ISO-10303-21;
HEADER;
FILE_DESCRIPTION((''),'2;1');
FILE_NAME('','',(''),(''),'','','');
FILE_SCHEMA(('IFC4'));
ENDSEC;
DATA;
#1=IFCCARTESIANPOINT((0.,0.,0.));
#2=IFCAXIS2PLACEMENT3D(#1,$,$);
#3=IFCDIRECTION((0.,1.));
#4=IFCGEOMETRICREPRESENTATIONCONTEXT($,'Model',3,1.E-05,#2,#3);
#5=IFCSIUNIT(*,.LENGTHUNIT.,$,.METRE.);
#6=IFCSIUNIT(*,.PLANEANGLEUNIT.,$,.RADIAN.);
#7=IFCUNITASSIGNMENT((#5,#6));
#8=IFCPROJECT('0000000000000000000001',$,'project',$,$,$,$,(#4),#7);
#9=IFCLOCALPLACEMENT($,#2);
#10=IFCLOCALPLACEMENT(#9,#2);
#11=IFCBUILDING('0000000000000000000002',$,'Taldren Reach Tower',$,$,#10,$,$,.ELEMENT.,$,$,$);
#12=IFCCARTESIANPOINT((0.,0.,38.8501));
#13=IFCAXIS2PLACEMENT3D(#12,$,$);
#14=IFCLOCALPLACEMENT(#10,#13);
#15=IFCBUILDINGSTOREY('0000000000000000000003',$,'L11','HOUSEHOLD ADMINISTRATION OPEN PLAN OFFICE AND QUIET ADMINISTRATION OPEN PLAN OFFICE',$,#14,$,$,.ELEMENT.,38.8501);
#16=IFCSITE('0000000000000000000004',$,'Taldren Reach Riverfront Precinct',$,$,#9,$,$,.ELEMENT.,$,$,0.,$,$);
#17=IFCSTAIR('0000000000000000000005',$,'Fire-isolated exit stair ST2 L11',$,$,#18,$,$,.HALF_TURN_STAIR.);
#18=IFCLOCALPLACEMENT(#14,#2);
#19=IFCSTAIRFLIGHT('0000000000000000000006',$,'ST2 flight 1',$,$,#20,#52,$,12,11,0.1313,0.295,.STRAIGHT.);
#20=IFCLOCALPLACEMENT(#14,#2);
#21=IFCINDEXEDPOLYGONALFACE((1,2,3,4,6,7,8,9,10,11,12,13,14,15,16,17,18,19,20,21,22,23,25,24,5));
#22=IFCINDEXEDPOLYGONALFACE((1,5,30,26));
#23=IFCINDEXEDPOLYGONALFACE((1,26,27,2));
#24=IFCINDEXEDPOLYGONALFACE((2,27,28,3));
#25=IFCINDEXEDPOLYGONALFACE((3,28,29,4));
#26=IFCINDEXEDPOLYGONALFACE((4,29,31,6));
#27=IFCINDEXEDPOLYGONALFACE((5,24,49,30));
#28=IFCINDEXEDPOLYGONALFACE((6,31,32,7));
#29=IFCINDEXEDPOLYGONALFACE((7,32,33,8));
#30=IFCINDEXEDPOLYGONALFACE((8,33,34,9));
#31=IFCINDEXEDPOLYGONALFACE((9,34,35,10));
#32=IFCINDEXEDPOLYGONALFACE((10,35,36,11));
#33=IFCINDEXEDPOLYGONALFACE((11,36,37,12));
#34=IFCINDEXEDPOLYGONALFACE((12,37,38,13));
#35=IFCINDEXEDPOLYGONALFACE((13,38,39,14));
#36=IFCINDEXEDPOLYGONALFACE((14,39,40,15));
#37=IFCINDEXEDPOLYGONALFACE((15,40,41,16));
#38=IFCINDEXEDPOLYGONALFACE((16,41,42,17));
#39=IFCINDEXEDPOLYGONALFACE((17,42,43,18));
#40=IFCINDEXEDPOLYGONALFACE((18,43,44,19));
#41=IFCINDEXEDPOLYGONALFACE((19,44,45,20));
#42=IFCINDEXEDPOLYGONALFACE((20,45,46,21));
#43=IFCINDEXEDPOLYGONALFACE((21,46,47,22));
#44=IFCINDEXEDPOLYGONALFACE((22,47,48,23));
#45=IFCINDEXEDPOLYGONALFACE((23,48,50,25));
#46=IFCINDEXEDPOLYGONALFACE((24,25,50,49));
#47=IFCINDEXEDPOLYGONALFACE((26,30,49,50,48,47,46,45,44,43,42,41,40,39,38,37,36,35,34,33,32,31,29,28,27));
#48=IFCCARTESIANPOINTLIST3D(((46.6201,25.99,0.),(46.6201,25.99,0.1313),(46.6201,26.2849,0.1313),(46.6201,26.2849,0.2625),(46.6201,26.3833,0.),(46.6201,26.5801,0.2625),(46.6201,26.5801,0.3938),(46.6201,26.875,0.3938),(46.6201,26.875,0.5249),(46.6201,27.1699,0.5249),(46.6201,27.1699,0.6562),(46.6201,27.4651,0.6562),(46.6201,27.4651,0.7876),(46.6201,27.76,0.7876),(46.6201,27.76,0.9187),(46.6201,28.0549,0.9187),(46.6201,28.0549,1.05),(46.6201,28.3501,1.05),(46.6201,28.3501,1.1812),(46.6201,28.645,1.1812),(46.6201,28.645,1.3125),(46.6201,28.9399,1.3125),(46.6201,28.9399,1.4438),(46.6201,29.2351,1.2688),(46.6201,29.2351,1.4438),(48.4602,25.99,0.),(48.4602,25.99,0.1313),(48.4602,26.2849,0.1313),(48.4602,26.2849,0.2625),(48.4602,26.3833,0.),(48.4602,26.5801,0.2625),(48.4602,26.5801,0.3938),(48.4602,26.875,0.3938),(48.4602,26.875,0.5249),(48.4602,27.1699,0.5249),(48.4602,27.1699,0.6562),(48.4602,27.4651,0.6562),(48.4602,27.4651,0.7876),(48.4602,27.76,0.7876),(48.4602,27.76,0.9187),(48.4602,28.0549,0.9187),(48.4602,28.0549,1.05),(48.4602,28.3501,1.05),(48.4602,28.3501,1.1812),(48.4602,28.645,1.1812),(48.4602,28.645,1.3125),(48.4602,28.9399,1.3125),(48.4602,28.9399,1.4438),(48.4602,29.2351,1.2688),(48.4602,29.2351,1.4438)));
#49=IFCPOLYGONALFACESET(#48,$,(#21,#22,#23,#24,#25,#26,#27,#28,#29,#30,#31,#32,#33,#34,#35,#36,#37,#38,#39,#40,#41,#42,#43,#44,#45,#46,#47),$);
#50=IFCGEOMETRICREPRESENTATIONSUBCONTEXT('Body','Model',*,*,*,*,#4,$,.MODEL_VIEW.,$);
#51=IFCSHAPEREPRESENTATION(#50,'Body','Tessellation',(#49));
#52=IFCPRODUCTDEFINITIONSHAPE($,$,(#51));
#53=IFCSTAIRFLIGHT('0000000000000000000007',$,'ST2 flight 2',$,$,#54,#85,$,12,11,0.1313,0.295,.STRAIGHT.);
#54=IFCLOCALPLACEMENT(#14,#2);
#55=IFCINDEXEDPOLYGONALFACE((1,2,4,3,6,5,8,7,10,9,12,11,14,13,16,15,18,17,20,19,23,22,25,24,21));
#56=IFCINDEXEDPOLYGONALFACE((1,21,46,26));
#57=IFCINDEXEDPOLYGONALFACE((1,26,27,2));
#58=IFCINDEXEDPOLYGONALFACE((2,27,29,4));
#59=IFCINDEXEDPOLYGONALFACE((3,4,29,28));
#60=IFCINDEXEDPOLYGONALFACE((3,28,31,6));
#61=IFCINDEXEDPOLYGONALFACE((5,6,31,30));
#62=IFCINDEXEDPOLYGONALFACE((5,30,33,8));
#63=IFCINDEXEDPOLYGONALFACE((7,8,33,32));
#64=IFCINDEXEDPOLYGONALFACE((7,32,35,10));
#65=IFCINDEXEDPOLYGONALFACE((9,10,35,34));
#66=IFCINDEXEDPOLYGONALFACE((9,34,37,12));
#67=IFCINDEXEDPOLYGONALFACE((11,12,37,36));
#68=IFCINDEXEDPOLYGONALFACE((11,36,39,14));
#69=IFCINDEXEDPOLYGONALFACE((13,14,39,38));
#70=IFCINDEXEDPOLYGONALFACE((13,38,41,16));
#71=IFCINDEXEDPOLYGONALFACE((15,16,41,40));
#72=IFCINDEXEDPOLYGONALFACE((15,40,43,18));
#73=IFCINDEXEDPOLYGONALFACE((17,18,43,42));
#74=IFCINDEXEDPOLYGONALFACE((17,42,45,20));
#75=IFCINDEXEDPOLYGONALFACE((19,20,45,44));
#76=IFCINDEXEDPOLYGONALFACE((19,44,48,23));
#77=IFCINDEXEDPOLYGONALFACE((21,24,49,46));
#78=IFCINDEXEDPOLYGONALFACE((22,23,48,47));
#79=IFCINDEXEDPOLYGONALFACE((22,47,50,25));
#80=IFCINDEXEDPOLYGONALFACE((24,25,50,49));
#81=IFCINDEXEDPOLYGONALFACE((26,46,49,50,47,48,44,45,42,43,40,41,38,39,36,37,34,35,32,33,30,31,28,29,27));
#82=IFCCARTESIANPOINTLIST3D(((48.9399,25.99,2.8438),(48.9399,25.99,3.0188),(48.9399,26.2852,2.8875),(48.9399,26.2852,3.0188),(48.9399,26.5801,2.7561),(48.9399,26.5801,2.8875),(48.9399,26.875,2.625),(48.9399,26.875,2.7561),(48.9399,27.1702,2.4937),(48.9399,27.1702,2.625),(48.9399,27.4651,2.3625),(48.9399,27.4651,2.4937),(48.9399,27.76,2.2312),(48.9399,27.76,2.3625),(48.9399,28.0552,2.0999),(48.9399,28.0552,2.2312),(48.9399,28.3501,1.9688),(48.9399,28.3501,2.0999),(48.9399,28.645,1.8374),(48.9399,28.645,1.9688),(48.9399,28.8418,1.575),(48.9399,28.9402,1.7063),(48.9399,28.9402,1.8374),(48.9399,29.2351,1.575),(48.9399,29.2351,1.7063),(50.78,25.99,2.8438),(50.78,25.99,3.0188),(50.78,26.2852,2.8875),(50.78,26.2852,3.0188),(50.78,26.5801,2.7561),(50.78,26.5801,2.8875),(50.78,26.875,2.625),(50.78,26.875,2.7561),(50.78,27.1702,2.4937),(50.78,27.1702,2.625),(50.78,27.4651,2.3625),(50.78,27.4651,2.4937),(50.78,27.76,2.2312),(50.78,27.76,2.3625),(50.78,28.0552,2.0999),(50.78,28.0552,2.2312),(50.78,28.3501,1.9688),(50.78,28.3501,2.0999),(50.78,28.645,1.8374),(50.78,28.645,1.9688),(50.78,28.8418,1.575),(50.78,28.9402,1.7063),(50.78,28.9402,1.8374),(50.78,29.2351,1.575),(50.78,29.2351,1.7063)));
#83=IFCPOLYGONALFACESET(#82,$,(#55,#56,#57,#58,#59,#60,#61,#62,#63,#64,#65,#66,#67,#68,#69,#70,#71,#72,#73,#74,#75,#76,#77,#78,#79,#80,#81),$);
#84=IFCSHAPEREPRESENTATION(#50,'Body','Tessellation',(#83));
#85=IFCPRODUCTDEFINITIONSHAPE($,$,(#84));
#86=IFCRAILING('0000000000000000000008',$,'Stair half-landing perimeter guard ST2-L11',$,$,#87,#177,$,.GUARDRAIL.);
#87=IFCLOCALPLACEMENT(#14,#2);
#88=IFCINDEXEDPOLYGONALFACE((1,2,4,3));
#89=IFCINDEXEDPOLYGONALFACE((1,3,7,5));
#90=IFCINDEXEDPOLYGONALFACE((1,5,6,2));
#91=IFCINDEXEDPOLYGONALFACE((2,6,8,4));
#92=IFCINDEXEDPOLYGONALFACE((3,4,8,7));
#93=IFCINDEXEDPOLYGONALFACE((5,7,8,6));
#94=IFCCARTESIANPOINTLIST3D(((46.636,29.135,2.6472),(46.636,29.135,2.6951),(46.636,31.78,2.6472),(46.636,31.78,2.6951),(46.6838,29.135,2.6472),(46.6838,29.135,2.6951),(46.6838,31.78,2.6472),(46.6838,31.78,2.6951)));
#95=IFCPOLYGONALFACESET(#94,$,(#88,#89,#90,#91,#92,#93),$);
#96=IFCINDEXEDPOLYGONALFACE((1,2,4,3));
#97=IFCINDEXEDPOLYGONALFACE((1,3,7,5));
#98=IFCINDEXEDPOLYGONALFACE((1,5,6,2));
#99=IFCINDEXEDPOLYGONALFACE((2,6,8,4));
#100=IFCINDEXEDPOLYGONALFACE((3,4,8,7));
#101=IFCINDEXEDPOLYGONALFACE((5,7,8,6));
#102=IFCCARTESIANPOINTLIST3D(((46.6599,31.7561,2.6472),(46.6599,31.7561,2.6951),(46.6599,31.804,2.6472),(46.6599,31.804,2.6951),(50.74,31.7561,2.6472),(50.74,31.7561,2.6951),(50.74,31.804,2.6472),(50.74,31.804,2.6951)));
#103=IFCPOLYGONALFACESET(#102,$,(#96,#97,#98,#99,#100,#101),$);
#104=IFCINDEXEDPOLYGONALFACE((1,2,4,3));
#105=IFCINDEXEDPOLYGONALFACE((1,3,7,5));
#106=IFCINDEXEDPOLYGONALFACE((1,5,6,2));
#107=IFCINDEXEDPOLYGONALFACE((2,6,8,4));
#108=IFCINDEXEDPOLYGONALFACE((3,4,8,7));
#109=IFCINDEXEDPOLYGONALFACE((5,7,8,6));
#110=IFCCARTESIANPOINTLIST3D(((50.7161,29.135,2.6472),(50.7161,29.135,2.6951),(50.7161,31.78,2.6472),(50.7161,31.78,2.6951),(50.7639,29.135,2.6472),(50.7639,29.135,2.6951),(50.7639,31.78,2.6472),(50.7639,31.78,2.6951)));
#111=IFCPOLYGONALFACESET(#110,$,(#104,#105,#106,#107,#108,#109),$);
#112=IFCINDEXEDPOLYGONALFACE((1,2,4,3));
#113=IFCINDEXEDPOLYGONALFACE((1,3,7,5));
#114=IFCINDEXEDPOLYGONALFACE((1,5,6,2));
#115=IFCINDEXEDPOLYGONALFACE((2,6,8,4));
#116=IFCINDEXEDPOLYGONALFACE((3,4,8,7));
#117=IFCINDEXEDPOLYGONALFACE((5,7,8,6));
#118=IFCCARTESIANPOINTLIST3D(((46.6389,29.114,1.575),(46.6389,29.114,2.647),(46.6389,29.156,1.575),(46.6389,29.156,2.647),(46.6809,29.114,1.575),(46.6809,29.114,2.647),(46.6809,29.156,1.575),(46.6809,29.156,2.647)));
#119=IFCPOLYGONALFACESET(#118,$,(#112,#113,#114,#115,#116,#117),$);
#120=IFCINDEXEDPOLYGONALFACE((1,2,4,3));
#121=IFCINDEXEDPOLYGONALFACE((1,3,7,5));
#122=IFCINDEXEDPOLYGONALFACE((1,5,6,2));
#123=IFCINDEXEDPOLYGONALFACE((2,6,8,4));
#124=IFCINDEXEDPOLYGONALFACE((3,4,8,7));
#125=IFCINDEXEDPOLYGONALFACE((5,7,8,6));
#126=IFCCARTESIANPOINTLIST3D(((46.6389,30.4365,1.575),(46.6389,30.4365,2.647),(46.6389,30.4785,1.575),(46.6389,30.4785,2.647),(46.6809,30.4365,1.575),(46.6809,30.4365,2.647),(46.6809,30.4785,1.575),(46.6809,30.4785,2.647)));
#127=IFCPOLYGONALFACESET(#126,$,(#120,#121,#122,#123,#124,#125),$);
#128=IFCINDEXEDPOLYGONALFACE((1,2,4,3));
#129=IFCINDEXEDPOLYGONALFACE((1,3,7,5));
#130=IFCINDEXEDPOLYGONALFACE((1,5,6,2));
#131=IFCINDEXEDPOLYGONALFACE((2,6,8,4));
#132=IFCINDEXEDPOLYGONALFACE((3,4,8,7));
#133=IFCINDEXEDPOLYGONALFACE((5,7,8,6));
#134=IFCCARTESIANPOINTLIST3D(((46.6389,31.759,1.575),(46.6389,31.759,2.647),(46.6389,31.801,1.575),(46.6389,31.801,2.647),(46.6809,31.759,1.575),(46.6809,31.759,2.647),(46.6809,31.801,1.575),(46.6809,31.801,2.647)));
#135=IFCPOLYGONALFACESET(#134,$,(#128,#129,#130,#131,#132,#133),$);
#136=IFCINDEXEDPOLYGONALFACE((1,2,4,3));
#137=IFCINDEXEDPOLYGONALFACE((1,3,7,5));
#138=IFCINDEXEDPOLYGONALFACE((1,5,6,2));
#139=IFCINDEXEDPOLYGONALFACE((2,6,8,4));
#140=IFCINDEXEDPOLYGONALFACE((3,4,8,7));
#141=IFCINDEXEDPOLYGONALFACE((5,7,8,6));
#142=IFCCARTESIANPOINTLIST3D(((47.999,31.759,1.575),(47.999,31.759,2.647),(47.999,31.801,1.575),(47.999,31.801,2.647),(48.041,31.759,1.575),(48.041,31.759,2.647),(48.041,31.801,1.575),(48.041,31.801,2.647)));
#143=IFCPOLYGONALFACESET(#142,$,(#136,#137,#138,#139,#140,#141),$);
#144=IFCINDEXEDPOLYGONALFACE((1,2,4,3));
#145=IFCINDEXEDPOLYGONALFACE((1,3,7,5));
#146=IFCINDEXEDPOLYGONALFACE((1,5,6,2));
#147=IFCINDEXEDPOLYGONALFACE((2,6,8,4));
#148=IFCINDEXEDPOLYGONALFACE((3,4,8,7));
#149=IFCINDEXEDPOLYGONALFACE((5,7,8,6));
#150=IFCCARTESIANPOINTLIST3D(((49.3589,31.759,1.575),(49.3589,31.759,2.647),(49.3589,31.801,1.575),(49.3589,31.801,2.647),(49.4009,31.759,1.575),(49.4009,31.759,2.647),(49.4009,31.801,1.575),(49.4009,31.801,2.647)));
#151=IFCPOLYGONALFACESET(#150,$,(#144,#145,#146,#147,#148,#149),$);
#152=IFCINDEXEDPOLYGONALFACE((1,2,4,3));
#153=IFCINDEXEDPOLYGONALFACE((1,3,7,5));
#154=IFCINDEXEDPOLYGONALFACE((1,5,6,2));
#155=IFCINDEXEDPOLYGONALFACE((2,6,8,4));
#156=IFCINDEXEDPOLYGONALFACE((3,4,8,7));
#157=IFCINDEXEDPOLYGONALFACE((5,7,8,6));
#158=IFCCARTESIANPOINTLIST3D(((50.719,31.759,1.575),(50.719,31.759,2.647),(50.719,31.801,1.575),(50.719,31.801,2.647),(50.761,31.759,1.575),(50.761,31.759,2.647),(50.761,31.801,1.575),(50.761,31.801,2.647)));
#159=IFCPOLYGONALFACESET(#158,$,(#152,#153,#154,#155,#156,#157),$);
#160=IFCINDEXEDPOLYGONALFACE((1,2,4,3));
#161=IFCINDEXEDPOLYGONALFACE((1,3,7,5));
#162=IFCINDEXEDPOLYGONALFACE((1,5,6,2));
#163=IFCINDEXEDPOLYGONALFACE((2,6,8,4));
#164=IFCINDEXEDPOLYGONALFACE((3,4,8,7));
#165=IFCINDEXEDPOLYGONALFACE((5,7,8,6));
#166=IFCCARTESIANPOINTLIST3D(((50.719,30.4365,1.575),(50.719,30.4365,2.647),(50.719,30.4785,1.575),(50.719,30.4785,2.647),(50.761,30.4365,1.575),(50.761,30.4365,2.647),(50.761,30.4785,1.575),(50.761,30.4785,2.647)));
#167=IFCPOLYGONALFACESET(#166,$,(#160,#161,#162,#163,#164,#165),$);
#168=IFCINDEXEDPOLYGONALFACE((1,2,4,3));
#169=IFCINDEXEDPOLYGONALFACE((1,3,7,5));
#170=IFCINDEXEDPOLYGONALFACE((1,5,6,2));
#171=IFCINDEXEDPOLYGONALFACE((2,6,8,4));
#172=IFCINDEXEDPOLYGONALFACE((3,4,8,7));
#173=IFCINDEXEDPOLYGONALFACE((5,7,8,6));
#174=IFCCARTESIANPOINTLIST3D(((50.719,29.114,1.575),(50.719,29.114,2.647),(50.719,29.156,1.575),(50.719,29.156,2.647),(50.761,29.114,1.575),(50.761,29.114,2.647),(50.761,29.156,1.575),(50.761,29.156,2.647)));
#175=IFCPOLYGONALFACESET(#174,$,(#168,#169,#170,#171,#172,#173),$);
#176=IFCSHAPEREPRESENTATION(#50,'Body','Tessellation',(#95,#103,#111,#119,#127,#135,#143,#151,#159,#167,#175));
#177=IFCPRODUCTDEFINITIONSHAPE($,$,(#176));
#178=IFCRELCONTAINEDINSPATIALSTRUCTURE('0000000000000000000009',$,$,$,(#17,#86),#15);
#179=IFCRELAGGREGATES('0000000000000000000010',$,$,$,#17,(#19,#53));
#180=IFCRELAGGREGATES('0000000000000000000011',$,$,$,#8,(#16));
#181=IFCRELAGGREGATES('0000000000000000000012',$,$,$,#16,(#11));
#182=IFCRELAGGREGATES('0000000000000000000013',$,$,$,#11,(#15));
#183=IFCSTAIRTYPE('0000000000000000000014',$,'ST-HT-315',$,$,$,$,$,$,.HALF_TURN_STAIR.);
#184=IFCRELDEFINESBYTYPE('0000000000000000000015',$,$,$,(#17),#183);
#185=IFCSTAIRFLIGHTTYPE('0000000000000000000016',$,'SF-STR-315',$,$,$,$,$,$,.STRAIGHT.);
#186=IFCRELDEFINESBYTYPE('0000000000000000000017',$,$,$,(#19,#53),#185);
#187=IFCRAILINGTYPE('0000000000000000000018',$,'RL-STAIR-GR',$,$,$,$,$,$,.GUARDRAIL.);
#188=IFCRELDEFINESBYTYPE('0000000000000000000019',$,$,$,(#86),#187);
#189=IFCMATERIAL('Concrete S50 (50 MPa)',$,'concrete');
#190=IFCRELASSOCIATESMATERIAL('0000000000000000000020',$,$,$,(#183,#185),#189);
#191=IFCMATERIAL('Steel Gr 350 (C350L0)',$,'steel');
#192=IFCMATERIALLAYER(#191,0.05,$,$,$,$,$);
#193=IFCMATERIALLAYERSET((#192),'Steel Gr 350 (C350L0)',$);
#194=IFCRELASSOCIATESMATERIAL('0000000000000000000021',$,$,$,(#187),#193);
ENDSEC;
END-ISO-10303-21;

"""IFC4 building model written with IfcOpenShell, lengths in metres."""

from ifc_helpers import new_model, si_unit, direction, frame, origin, origin_2d, place, context, subcontext, project, spatial, polyline, rectangle, outline, extrude, material, layer, layer_set, type_object, element, aggregate, save


model = new_model("IFC4")

# Units and contexts
model_context = context("Model", 3, precision=1e-05, world=origin(), true_north=direction((0.0, 1.0)))
body_context = subcontext(model_context, "Body", "Model", "MODEL_VIEW")
ifc_project = project(units=[si_unit("LENGTHUNIT", "METRE"), si_unit("PLANEANGLEUNIT", "RADIAN")], contexts=[model_context])

# Site, building, storey
site_placement = place(None, origin())
site = spatial("IfcSite", under=ifc_project, at=site_placement, Name="Taldren Reach Riverfront Precinct", CompositionType="ELEMENT", RefElevation=0.0)
building_placement = place(site_placement, origin())
building = spatial("IfcBuilding", under=site, at=building_placement, Name="Taldren Reach Tower", CompositionType="ELEMENT")
storey_placement = place(building_placement, frame((0.0, 0.0, 38.8501)))
storey = spatial("IfcBuildingStorey", under=building, at=storey_placement, Name="L11", Description="HOUSEHOLD ADMINISTRATION OPEN PLAN OFFICE AND QUIET ADMINISTRATION OPEN PLAN OFFICE", CompositionType="ELEMENT", Elevation=38.8501)

# Shared definitions
ifc_material_1 = material(Name="Steel Gr 350 (C350L0)", Category="steel")

# Shared definitions
ifc_material_2 = material(Name="Concrete S50 (50 MPa)", Category="concrete")

# Stair, stair flights
stair_type = type_object("IfcStairType", Name="ST-HT-315", PredefinedType="HALF_TURN_STAIR", material=ifc_material_2)
stair_placement = place(storey_placement, origin())
stair = element("IfcStair", 1, at=stair_placement, inside=storey, type_object=stair_type, Name="Fire-isolated exit stair ST2 L11", PredefinedType="HALF_TURN_STAIR")
stair_flight_type = type_object("IfcStairFlightType", Name="SF-STR-315", PredefinedType="STRAIGHT", material=ifc_material_2)
stair_flight_1_placement = place(storey_placement, frame((47.54, 25.99, 0.0), z_axis=(0.0, 0.0, 1.0), x_axis=(0.0, 1.0, 0.0)))
stair_flight_1 = element("IfcStairFlight", 2, at=stair_flight_1_placement, type_object=stair_flight_type, Name="ST2 flight 1", NumberOfRisers=12, NumberOfTreads=11, PredefinedType="STRAIGHT", RiserHeight=0.1313, TreadLength=0.295, context=body_context, shape_type="SweptSolid", body=[
    extrude(outline(polyline([(0.0, 0.0), (0.0, 0.1313), (0.2949, 0.1313), (0.2949, 0.2625), (0.5901, 0.2625), (0.5901, 0.3938), (0.885, 0.3938), (0.885, 0.5249), (1.1799, 0.5249), (1.1799, 0.6562), (1.4751, 0.6562), (1.4751, 0.7876), (1.77, 0.7876), (1.77, 0.9187), (2.0649, 0.9187), (2.0649, 1.05), (2.3601, 1.05), (2.3601, 1.1812), (2.655, 1.1812), (2.655, 1.3125), (2.95, 1.3125), (2.95, 1.4438), (3.2451, 1.4438), (3.2451, 1.575), (3.2451, 1.2688), (0.3933, 0.0), (0.0, 0.0)])), frame((0.0, 0.9199, 0.0), z_axis=(0.0, -1.0, 0.0), x_axis=(1.0, 0.0, 0.0)), (0.0, 0.0, 1.0), 1.8401),
])
stair_flight_2_placement = place(storey_placement, frame((49.8601, 29.2351, 1.575), z_axis=(0.0, 0.0, 1.0), x_axis=(0.0, -1.0, 0.0)))
stair_flight_2 = element("IfcStairFlight", 3, at=stair_flight_2_placement, type_object=stair_flight_type, Name="ST2 flight 2", NumberOfRisers=12, NumberOfTreads=11, PredefinedType="STRAIGHT", RiserHeight=0.1313, TreadLength=0.295, context=body_context, shape_type="SweptSolid", body=[
    extrude(outline(polyline([(0.0, 0.0), (0.0, 0.1313), (0.2949, 0.1313), (0.2949, 0.2625), (0.5901, 0.2625), (0.5901, 0.3938), (0.885, 0.3938), (0.885, 0.5249), (1.1799, 0.5249), (1.1799, 0.6562), (1.4751, 0.6562), (1.4751, 0.7876), (1.77, 0.7876), (1.77, 0.9187), (2.0649, 0.9187), (2.0649, 1.05), (2.3601, 1.05), (2.3601, 1.1812), (2.655, 1.1812), (2.655, 1.3125), (2.95, 1.3125), (2.95, 1.4438), (3.2451, 1.4438), (3.2451, 1.575), (3.2451, 1.2688), (0.3933, 0.0), (0.0, 0.0)])), frame((0.0, 0.9199, 0.0), z_axis=(0.0, -1.0, 0.0), x_axis=(1.0, 0.0, 0.0)), (0.0, 0.0, 1.0), 1.8401),
])
aggregate(stair, [stair_flight_1, stair_flight_2])

# Railing
ifc_layer_1 = layer(ifc_material_1, 0.05)
ifc_layer_set_1 = layer_set([ifc_layer_1], Name="Steel Gr 350 (C350L0)")
railing_type_1 = type_object("IfcRailingType", Name="RL-STAIR-GR", PredefinedType="GUARDRAIL", material=ifc_layer_set_1)
railing_1_placement = place(storey_placement, frame((46.6599, 29.135, 1.575)))
element("IfcRailing", 4, at=railing_1_placement, inside=storey, type_object=railing_type_1, Name="Stair half-landing perimeter guard ST2-L11", PredefinedType="GUARDRAIL", context=body_context, shape_type="SweptSolid", body=[
    extrude(rectangle(XDim=0.0479, YDim=0.0479, at=origin_2d()), frame((0.0, 0.0, 1.0962), z_axis=(0.0, 1.0, 0.0), x_axis=(-1.0, 0.0, 0.0)), (0.0, 0.0, 1.0), 2.645),
    extrude(rectangle(XDim=0.0479, YDim=0.0479, at=origin_2d()), frame((0.0, 2.645, 1.0962), z_axis=(1.0, 0.0, 0.0), x_axis=(0.0, 1.0, 0.0)), (0.0, 0.0, 1.0), 4.0801),
    extrude(rectangle(XDim=0.0479, YDim=0.0479, at=origin_2d()), frame((4.0801, 2.645, 1.0962), z_axis=(0.0, -1.0, 0.0), x_axis=(1.0, 0.0, 0.0)), (0.0, 0.0, 1.0), 2.645),
    extrude(rectangle(XDim=0.042, YDim=0.042, at=origin_2d()), origin(), (0.0, 0.0, 1.0), 1.072),
    extrude(rectangle(XDim=0.042, YDim=0.042, at=origin_2d()), frame((0.0, 1.3225, 0.0)), (0.0, 0.0, 1.0), 1.072),
    extrude(rectangle(XDim=0.042, YDim=0.042, at=origin_2d()), frame((0.0, 2.645, 0.0)), (0.0, 0.0, 1.0), 1.072),
    extrude(rectangle(XDim=0.042, YDim=0.042, at=origin_2d()), frame((1.3601, 2.645, 0.0)), (0.0, 0.0, 1.0), 1.072),
    extrude(rectangle(XDim=0.042, YDim=0.042, at=origin_2d()), frame((2.72, 2.645, 0.0)), (0.0, 0.0, 1.0), 1.072),
    extrude(rectangle(XDim=0.042, YDim=0.042, at=origin_2d()), frame((4.0801, 2.645, 0.0)), (0.0, 0.0, 1.0), 1.072),
    extrude(rectangle(XDim=0.042, YDim=0.042, at=origin_2d()), frame((4.0801, 1.3225, 0.0)), (0.0, 0.0, 1.0), 1.072),
    extrude(rectangle(XDim=0.042, YDim=0.042, at=origin_2d()), frame((4.0801, 0.0, 0.0)), (0.0, 0.0, 1.0), 1.072),
])

save(model, "model.ifc")
